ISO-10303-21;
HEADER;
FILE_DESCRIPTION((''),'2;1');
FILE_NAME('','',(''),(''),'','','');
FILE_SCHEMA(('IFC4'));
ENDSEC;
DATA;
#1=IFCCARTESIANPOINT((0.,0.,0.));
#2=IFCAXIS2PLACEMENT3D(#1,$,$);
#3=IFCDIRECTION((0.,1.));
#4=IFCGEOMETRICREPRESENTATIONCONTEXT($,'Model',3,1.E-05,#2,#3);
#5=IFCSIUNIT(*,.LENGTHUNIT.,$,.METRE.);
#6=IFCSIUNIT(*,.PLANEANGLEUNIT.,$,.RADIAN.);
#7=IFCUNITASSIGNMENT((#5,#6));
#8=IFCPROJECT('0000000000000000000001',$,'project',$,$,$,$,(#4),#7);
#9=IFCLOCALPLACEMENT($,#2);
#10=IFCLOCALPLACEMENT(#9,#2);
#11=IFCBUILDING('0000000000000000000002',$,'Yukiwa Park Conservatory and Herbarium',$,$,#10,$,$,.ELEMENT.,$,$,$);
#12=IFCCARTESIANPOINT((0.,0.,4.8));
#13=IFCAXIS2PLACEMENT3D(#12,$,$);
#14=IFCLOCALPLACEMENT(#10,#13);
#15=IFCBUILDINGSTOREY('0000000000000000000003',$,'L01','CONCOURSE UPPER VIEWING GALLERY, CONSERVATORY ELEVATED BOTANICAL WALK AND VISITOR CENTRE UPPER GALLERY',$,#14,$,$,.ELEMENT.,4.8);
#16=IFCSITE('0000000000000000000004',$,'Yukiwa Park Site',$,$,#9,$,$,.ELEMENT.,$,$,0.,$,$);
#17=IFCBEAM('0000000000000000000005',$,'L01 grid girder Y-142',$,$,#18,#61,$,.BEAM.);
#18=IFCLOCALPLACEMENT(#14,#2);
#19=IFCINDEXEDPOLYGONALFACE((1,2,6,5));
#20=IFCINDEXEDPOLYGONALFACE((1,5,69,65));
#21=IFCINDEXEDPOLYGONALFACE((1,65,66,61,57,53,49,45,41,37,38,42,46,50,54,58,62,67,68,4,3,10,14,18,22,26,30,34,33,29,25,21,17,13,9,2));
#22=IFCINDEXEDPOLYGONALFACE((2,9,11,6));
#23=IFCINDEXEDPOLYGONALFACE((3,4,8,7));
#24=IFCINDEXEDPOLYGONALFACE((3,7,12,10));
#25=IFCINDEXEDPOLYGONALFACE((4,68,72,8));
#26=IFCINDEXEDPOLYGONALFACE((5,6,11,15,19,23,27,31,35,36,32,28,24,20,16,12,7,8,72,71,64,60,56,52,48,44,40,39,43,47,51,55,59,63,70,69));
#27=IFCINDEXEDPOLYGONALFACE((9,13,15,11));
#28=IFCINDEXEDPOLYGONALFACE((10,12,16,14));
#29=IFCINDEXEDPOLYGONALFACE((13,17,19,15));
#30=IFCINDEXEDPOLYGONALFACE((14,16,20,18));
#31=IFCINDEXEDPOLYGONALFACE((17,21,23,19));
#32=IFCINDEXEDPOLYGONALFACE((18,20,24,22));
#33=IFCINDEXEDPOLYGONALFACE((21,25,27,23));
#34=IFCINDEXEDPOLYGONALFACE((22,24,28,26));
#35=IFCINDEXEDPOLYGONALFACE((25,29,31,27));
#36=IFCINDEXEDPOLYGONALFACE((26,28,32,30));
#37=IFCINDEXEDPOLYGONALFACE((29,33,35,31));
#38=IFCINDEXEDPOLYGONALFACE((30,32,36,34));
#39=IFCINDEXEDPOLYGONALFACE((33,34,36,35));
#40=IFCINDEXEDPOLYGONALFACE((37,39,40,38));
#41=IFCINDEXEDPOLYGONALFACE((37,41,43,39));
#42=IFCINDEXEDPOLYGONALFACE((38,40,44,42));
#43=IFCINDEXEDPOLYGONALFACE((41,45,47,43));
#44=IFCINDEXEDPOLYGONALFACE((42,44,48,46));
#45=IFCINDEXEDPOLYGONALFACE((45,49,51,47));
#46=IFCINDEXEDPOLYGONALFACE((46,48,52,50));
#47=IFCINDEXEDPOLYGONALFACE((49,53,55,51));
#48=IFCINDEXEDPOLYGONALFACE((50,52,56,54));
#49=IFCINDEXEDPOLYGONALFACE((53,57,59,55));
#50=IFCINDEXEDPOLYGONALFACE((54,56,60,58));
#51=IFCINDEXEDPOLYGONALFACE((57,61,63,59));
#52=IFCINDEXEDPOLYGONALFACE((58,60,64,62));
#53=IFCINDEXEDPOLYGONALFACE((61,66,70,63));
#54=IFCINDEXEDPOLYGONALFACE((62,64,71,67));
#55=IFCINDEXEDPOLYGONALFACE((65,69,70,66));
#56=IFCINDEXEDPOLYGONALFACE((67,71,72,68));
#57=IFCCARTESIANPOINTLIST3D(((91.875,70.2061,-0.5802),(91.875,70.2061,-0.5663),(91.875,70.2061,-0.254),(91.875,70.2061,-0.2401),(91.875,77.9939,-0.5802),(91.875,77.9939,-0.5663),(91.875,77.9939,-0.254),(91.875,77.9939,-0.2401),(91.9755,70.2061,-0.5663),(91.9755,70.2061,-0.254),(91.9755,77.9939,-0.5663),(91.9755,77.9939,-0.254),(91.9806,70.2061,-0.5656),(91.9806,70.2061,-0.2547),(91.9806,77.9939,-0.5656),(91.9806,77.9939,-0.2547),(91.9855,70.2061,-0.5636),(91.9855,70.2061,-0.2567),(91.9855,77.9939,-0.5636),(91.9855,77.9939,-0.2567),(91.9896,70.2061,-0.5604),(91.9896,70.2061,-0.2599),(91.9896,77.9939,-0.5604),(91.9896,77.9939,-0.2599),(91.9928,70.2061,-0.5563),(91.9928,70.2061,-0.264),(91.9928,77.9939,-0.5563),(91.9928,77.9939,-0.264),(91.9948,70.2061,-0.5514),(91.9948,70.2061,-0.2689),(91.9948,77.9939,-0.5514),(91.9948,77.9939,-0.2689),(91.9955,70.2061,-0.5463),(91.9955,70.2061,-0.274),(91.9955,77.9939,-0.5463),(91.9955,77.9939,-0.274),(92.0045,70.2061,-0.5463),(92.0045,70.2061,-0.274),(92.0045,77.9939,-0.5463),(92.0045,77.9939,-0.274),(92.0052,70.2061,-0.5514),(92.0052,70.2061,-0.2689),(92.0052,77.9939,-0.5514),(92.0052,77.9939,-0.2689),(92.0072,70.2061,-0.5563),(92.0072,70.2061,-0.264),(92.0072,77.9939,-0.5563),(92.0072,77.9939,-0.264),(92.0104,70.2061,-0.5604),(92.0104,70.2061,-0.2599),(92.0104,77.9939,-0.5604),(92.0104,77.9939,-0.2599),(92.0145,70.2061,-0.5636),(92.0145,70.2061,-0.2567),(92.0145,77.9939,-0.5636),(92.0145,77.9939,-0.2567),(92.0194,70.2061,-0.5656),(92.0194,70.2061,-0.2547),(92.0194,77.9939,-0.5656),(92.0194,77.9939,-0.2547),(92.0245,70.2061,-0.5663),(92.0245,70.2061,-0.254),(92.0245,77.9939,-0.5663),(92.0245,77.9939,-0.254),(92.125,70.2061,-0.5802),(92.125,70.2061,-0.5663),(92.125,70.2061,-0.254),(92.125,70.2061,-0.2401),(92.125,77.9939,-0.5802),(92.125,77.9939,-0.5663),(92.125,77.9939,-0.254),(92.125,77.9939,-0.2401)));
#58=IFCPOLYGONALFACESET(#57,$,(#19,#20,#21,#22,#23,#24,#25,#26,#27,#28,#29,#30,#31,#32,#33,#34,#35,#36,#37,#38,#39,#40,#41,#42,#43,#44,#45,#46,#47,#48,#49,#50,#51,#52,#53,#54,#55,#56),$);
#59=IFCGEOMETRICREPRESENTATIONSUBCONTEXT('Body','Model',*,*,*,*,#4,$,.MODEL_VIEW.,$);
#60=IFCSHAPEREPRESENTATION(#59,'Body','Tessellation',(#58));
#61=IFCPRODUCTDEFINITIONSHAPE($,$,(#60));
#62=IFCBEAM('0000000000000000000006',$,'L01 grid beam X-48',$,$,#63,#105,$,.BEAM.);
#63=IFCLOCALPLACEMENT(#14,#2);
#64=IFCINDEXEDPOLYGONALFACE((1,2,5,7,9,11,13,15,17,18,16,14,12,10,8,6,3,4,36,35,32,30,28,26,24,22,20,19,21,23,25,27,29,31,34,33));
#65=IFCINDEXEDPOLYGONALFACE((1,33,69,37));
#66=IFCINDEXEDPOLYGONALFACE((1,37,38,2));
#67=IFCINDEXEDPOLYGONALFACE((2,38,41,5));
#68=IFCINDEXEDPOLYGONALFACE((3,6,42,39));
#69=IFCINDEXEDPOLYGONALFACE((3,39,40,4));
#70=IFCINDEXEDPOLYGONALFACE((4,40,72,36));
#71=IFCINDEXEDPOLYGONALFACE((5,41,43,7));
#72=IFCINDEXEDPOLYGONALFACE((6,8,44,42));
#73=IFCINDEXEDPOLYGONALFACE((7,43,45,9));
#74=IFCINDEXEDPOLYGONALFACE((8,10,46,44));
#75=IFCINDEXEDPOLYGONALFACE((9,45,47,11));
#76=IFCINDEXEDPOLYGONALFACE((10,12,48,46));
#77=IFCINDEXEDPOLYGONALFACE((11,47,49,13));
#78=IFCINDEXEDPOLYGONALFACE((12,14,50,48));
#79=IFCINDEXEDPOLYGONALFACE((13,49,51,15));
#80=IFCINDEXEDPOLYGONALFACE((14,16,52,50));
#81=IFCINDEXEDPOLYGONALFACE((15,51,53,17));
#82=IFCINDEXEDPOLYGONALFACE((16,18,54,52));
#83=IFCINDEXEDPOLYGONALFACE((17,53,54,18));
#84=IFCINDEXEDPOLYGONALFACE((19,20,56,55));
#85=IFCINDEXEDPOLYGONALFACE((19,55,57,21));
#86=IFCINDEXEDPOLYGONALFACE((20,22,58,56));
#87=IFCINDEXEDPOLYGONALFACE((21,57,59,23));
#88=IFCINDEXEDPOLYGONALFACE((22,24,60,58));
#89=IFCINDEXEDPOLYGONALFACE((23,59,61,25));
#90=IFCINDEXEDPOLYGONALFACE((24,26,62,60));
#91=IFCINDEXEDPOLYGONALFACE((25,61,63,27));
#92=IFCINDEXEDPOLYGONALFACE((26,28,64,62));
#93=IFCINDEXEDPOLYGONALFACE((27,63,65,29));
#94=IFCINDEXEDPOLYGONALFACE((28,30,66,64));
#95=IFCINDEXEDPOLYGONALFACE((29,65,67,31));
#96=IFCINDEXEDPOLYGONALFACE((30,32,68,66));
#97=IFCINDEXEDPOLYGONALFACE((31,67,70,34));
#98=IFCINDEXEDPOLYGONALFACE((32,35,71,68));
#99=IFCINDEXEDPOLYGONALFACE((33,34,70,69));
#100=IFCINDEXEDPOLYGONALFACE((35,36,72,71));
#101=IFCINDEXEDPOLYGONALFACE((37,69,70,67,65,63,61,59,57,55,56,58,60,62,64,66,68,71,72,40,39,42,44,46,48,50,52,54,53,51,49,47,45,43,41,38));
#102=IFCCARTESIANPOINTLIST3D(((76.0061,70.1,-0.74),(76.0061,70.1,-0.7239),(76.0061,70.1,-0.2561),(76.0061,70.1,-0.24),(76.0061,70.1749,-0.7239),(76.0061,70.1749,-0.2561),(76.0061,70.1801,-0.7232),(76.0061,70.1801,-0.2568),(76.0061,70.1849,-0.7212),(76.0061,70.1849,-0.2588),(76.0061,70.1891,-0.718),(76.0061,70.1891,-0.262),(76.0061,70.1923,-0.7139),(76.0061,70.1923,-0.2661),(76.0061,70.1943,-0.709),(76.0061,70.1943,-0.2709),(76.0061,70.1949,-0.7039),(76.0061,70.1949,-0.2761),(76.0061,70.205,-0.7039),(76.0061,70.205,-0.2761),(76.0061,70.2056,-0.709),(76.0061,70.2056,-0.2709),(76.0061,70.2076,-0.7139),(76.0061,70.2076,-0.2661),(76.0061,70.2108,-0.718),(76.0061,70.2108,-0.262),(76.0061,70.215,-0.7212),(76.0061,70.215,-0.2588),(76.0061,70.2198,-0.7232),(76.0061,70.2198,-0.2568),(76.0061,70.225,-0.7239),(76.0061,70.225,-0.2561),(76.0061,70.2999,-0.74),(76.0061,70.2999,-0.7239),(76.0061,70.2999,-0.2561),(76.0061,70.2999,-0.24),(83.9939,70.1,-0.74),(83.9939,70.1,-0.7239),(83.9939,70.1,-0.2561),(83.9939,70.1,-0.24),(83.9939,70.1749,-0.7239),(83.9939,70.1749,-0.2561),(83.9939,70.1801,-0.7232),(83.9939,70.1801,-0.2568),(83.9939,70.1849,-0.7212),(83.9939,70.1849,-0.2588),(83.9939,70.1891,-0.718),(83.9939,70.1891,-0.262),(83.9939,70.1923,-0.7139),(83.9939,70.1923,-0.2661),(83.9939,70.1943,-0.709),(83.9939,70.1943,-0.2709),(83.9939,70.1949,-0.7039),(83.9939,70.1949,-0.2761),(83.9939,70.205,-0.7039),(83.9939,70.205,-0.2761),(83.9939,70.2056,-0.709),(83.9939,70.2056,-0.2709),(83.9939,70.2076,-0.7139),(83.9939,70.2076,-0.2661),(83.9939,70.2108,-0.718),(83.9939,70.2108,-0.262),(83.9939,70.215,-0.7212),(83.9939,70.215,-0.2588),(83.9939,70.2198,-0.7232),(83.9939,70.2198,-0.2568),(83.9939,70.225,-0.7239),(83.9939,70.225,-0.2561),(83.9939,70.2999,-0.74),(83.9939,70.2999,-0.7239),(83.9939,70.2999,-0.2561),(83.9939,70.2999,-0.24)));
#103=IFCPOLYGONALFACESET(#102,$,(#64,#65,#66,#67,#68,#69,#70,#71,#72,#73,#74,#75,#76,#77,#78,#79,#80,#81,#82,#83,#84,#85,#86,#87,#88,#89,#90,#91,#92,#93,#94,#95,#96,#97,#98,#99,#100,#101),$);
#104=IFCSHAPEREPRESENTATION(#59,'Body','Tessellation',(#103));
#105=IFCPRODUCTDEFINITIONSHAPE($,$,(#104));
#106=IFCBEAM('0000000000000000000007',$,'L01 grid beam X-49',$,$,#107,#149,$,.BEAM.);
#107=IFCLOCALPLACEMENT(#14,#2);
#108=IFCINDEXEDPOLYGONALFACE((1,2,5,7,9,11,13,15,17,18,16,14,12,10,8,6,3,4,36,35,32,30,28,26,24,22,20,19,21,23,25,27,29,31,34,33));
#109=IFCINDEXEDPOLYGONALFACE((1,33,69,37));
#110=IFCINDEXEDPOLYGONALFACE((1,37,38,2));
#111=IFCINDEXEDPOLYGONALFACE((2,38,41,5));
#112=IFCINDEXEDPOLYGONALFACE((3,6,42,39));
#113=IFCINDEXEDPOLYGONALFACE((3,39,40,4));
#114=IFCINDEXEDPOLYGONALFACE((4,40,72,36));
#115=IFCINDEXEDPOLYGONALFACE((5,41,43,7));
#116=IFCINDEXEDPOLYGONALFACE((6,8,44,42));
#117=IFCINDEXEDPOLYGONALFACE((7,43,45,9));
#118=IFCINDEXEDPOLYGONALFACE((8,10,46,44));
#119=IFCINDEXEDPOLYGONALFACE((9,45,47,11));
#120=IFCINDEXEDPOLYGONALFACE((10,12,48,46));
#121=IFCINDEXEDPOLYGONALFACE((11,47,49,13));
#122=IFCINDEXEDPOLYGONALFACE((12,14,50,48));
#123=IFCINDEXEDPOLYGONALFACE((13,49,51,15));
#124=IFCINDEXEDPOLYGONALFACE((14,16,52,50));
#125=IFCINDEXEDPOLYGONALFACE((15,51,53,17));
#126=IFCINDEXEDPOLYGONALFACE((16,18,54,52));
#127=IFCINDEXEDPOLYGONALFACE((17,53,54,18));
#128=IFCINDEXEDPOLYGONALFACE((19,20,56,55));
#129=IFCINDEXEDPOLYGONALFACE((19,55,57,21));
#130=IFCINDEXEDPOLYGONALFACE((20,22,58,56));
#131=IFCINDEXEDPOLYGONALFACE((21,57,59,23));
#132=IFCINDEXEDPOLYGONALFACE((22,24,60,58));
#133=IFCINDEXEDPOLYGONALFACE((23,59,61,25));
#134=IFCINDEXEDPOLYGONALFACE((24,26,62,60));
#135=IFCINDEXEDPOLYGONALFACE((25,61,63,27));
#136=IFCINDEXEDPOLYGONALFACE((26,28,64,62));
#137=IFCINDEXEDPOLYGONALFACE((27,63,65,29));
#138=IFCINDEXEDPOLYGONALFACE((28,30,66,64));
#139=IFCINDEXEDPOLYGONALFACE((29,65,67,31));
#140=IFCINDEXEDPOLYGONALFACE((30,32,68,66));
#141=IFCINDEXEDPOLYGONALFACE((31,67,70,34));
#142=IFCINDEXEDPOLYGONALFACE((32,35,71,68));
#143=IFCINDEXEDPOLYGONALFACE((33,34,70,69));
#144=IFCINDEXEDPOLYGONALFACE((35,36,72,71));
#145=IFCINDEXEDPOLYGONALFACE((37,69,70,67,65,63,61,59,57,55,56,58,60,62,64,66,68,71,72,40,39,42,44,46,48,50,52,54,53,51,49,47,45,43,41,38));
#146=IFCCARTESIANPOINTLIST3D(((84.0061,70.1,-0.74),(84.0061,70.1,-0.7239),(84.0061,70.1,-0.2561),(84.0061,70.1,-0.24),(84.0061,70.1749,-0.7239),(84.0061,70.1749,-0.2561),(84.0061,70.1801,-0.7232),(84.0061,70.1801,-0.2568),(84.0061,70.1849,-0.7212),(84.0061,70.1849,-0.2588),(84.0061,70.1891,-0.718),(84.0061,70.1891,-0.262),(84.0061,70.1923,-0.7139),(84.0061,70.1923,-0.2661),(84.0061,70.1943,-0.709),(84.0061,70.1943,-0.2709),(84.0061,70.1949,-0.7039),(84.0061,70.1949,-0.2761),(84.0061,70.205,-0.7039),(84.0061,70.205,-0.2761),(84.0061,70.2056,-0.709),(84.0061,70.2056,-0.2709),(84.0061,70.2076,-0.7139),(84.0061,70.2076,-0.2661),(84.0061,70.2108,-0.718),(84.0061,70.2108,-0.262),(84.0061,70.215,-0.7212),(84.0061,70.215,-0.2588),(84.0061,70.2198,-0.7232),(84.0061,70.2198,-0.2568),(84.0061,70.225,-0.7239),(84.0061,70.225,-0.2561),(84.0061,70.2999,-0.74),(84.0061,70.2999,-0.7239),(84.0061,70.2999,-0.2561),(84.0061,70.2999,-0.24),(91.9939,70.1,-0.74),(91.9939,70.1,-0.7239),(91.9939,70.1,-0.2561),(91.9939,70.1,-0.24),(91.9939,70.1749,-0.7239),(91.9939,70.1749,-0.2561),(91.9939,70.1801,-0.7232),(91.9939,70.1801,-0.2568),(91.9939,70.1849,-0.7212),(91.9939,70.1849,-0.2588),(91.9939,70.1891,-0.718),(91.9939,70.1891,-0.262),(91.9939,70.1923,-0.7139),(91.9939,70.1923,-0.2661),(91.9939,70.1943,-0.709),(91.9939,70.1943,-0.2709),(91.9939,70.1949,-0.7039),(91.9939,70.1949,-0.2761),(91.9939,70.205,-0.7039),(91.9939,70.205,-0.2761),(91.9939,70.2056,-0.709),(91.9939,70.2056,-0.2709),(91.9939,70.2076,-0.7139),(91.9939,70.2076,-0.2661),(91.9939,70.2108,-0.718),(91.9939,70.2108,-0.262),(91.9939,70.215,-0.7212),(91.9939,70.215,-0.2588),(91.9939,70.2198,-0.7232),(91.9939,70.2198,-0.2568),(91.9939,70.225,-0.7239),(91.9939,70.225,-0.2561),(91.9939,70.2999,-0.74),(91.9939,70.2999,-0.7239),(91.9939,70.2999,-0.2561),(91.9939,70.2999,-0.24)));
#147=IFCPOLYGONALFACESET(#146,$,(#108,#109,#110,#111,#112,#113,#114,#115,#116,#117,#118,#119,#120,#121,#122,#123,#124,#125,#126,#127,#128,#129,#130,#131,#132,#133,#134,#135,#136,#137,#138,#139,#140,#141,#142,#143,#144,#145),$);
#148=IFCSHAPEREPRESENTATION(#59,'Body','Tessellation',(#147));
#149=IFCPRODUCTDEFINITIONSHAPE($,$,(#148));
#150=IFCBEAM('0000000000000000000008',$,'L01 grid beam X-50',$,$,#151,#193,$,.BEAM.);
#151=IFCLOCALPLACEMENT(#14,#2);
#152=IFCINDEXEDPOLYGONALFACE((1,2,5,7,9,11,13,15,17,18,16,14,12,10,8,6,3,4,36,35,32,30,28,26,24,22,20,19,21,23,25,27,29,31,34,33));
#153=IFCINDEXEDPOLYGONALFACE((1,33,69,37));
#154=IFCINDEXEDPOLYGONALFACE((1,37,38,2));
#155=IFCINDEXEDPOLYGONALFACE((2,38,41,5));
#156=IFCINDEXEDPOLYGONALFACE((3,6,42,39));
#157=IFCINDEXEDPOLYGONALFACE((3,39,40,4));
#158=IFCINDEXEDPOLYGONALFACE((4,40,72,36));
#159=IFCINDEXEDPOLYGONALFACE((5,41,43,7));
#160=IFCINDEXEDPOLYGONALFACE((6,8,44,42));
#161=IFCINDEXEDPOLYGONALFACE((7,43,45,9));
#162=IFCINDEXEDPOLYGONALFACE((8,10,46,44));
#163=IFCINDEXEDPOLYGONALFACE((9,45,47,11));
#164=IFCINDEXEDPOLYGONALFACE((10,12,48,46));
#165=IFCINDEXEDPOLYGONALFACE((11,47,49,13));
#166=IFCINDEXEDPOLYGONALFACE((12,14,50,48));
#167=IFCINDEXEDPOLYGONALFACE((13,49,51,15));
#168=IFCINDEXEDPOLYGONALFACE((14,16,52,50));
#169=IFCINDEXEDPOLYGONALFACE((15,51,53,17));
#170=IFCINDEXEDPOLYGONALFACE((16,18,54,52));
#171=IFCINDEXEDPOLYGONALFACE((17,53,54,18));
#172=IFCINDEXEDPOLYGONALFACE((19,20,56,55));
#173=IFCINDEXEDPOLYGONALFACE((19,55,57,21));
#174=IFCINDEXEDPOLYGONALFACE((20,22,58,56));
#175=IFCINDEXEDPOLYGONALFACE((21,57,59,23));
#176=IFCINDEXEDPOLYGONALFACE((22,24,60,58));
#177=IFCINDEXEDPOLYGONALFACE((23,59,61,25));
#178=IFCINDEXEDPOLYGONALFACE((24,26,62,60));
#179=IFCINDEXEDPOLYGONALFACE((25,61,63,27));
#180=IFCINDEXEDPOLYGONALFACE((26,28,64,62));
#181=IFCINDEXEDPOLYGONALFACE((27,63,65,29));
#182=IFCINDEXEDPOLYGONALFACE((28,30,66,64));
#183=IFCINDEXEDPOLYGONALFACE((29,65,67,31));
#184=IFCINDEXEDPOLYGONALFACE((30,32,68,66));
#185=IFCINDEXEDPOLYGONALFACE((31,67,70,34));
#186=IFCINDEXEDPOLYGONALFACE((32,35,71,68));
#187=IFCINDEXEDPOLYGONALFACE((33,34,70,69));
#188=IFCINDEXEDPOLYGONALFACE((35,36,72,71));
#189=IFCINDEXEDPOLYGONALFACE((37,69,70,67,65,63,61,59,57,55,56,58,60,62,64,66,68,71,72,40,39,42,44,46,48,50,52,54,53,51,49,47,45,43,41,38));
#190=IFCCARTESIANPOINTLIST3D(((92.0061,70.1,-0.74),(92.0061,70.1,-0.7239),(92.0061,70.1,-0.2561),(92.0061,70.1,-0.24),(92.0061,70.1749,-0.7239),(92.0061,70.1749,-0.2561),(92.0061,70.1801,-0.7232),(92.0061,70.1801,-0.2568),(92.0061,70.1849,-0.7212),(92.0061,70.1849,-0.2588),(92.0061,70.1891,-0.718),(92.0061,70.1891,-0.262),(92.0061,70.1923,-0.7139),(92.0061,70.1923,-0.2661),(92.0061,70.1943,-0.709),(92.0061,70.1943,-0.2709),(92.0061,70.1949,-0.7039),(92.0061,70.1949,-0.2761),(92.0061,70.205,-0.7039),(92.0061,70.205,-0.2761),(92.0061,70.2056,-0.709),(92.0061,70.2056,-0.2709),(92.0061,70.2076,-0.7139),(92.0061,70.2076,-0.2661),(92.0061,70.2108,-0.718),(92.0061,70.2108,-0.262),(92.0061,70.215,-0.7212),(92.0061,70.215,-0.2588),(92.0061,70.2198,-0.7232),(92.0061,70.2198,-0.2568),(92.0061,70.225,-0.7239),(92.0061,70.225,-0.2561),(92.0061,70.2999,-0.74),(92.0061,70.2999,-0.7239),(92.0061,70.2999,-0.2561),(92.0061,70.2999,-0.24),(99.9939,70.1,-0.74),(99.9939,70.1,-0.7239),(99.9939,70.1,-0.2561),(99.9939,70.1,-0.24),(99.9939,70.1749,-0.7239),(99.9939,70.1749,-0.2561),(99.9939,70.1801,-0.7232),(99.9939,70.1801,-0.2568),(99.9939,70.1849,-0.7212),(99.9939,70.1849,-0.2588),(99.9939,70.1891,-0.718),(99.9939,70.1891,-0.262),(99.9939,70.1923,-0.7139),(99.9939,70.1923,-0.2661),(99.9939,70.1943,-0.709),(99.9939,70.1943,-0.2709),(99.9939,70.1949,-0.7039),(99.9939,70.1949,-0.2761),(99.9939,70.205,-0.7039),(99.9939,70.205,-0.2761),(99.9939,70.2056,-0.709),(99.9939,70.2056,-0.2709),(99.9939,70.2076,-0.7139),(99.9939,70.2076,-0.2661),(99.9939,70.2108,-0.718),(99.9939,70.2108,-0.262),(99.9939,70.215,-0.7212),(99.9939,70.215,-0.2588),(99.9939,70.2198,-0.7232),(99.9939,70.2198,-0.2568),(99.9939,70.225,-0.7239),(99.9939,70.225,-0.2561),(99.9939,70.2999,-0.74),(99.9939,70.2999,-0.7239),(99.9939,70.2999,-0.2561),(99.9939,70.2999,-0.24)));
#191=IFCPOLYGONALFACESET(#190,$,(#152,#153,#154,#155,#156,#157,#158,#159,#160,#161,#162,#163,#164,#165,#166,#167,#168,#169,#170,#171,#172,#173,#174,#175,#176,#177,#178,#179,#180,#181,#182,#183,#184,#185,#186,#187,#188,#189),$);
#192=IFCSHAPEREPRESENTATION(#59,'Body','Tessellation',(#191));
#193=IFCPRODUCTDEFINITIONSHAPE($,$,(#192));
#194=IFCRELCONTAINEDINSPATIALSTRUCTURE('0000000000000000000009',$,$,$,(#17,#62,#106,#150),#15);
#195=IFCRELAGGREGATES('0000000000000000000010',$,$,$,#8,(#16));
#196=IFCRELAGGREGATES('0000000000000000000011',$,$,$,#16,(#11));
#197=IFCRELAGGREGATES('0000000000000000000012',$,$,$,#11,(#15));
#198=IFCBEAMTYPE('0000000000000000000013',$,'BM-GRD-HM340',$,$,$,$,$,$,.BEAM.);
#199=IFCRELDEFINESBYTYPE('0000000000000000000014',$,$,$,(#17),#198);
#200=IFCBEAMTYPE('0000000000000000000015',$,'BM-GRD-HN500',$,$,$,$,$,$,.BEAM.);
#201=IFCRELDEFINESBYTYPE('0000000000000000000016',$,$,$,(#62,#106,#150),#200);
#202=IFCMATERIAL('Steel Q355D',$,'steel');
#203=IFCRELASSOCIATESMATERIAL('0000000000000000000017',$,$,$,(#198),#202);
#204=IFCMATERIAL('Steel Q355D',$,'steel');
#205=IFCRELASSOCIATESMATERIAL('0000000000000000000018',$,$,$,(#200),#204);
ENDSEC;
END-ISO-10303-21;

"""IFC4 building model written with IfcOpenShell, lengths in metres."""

from ifc_helpers import new_model, si_unit, direction, frame, origin, origin_2d, place, context, subcontext, project, spatial, i_section, extrude, material, material_profile, profile_set, type_object, element, save


model = new_model("IFC4")

# Units and contexts
model_context = context("Model", 3, precision=1e-05, world=origin(), true_north=direction((0.0, 1.0)))
body_context = subcontext(model_context, "Body", "Model", "MODEL_VIEW")
ifc_project = project(units=[si_unit("LENGTHUNIT", "METRE"), si_unit("PLANEANGLEUNIT", "RADIAN")], contexts=[model_context])

# Site, building, storey
site_placement = place(None, origin())
site = spatial("IfcSite", under=ifc_project, at=site_placement, Name="Yukiwa Park Site", CompositionType="ELEMENT", RefElevation=0.0)
building_placement = place(site_placement, origin())
building = spatial("IfcBuilding", under=site, at=building_placement, Name="Yukiwa Park Conservatory and Herbarium", CompositionType="ELEMENT")
storey_placement = place(building_placement, frame((0.0, 0.0, 4.8)))
storey = spatial("IfcBuildingStorey", under=building, at=storey_placement, Name="L01", Description="CONCOURSE UPPER VIEWING GALLERY, CONSERVATORY ELEVATED BOTANICAL WALK AND VISITOR CENTRE UPPER GALLERY", CompositionType="ELEMENT", Elevation=4.8)

# Beams
ifc_material_1 = material(Name="Steel Q355D", Category="steel")
ifc_material_profile_1 = material_profile(ifc_material_1, i_section(OverallWidth=0.25, OverallDepth=0.3401, WebThickness=0.009, FlangeThickness=0.0139, FilletRadius=0.02, at=origin_2d()), Name="HM 340x250x9x14")
ifc_profile_set_1 = profile_set([ifc_material_profile_1], Name="Steel Q355D")
beam_type_1 = type_object("IfcBeamType", Name="BM-GRD-HM340", PredefinedType="BEAM", material=ifc_profile_set_1)
for number, where, z_axis, x_axis, name in (
    (1, (92.0, 70.2061, -0.4102), (0.0, 1.0, 0.0), (-1.0, 0.0, 0.0), "L01 grid girder Y-142"),
):
    element("IfcBeam", number, at=place(storey_placement, frame(where, z_axis=z_axis, x_axis=x_axis)), inside=storey, type_object=beam_type_1, Name=name, PredefinedType="BEAM", context=body_context, shape_type="SweptSolid", body=[
        extrude(i_section(OverallWidth=0.25, OverallDepth=0.3401, WebThickness=0.009, FlangeThickness=0.0139, FilletRadius=0.02, at=origin_2d()), origin(), (0.0, 0.0, 1.0), 7.7878),
    ])
ifc_material_2 = material(Name="Steel Q355D", Category="steel")
ifc_material_profile_2 = material_profile(ifc_material_2, i_section(OverallWidth=0.2, OverallDepth=0.5, WebThickness=0.01, FlangeThickness=0.0161, FilletRadius=0.02, at=origin_2d()), Name="HN 500x200x10x16")
ifc_profile_set_2 = profile_set([ifc_material_profile_2], Name="Steel Q355D")
beam_type_2 = type_object("IfcBeamType", Name="BM-GRD-HN500", PredefinedType="BEAM", material=ifc_profile_set_2)
for number, where, z_axis, x_axis, name in (
    (2, (76.0061, 70.2, -0.49), (1.0, 0.0, 0.0), (0.0, 1.0, 0.0), "L01 grid beam X-48"),
    (3, (84.0061, 70.2, -0.49), (1.0, 0.0, 0.0), (0.0, 1.0, 0.0), "L01 grid beam X-49"),
    (4, (92.0061, 70.2, -0.49), (1.0, 0.0, 0.0), (0.0, 1.0, 0.0), "L01 grid beam X-50"),
):
    element("IfcBeam", number, at=place(storey_placement, frame(where, z_axis=z_axis, x_axis=x_axis)), inside=storey, type_object=beam_type_2, Name=name, PredefinedType="BEAM", context=body_context, shape_type="SweptSolid", body=[
        extrude(i_section(OverallWidth=0.2, OverallDepth=0.5, WebThickness=0.01, FlangeThickness=0.0161, FilletRadius=0.02, at=origin_2d()), origin(), (0.0, 0.0, 1.0), 7.9878),
    ])

save(model, "model.ifc")
